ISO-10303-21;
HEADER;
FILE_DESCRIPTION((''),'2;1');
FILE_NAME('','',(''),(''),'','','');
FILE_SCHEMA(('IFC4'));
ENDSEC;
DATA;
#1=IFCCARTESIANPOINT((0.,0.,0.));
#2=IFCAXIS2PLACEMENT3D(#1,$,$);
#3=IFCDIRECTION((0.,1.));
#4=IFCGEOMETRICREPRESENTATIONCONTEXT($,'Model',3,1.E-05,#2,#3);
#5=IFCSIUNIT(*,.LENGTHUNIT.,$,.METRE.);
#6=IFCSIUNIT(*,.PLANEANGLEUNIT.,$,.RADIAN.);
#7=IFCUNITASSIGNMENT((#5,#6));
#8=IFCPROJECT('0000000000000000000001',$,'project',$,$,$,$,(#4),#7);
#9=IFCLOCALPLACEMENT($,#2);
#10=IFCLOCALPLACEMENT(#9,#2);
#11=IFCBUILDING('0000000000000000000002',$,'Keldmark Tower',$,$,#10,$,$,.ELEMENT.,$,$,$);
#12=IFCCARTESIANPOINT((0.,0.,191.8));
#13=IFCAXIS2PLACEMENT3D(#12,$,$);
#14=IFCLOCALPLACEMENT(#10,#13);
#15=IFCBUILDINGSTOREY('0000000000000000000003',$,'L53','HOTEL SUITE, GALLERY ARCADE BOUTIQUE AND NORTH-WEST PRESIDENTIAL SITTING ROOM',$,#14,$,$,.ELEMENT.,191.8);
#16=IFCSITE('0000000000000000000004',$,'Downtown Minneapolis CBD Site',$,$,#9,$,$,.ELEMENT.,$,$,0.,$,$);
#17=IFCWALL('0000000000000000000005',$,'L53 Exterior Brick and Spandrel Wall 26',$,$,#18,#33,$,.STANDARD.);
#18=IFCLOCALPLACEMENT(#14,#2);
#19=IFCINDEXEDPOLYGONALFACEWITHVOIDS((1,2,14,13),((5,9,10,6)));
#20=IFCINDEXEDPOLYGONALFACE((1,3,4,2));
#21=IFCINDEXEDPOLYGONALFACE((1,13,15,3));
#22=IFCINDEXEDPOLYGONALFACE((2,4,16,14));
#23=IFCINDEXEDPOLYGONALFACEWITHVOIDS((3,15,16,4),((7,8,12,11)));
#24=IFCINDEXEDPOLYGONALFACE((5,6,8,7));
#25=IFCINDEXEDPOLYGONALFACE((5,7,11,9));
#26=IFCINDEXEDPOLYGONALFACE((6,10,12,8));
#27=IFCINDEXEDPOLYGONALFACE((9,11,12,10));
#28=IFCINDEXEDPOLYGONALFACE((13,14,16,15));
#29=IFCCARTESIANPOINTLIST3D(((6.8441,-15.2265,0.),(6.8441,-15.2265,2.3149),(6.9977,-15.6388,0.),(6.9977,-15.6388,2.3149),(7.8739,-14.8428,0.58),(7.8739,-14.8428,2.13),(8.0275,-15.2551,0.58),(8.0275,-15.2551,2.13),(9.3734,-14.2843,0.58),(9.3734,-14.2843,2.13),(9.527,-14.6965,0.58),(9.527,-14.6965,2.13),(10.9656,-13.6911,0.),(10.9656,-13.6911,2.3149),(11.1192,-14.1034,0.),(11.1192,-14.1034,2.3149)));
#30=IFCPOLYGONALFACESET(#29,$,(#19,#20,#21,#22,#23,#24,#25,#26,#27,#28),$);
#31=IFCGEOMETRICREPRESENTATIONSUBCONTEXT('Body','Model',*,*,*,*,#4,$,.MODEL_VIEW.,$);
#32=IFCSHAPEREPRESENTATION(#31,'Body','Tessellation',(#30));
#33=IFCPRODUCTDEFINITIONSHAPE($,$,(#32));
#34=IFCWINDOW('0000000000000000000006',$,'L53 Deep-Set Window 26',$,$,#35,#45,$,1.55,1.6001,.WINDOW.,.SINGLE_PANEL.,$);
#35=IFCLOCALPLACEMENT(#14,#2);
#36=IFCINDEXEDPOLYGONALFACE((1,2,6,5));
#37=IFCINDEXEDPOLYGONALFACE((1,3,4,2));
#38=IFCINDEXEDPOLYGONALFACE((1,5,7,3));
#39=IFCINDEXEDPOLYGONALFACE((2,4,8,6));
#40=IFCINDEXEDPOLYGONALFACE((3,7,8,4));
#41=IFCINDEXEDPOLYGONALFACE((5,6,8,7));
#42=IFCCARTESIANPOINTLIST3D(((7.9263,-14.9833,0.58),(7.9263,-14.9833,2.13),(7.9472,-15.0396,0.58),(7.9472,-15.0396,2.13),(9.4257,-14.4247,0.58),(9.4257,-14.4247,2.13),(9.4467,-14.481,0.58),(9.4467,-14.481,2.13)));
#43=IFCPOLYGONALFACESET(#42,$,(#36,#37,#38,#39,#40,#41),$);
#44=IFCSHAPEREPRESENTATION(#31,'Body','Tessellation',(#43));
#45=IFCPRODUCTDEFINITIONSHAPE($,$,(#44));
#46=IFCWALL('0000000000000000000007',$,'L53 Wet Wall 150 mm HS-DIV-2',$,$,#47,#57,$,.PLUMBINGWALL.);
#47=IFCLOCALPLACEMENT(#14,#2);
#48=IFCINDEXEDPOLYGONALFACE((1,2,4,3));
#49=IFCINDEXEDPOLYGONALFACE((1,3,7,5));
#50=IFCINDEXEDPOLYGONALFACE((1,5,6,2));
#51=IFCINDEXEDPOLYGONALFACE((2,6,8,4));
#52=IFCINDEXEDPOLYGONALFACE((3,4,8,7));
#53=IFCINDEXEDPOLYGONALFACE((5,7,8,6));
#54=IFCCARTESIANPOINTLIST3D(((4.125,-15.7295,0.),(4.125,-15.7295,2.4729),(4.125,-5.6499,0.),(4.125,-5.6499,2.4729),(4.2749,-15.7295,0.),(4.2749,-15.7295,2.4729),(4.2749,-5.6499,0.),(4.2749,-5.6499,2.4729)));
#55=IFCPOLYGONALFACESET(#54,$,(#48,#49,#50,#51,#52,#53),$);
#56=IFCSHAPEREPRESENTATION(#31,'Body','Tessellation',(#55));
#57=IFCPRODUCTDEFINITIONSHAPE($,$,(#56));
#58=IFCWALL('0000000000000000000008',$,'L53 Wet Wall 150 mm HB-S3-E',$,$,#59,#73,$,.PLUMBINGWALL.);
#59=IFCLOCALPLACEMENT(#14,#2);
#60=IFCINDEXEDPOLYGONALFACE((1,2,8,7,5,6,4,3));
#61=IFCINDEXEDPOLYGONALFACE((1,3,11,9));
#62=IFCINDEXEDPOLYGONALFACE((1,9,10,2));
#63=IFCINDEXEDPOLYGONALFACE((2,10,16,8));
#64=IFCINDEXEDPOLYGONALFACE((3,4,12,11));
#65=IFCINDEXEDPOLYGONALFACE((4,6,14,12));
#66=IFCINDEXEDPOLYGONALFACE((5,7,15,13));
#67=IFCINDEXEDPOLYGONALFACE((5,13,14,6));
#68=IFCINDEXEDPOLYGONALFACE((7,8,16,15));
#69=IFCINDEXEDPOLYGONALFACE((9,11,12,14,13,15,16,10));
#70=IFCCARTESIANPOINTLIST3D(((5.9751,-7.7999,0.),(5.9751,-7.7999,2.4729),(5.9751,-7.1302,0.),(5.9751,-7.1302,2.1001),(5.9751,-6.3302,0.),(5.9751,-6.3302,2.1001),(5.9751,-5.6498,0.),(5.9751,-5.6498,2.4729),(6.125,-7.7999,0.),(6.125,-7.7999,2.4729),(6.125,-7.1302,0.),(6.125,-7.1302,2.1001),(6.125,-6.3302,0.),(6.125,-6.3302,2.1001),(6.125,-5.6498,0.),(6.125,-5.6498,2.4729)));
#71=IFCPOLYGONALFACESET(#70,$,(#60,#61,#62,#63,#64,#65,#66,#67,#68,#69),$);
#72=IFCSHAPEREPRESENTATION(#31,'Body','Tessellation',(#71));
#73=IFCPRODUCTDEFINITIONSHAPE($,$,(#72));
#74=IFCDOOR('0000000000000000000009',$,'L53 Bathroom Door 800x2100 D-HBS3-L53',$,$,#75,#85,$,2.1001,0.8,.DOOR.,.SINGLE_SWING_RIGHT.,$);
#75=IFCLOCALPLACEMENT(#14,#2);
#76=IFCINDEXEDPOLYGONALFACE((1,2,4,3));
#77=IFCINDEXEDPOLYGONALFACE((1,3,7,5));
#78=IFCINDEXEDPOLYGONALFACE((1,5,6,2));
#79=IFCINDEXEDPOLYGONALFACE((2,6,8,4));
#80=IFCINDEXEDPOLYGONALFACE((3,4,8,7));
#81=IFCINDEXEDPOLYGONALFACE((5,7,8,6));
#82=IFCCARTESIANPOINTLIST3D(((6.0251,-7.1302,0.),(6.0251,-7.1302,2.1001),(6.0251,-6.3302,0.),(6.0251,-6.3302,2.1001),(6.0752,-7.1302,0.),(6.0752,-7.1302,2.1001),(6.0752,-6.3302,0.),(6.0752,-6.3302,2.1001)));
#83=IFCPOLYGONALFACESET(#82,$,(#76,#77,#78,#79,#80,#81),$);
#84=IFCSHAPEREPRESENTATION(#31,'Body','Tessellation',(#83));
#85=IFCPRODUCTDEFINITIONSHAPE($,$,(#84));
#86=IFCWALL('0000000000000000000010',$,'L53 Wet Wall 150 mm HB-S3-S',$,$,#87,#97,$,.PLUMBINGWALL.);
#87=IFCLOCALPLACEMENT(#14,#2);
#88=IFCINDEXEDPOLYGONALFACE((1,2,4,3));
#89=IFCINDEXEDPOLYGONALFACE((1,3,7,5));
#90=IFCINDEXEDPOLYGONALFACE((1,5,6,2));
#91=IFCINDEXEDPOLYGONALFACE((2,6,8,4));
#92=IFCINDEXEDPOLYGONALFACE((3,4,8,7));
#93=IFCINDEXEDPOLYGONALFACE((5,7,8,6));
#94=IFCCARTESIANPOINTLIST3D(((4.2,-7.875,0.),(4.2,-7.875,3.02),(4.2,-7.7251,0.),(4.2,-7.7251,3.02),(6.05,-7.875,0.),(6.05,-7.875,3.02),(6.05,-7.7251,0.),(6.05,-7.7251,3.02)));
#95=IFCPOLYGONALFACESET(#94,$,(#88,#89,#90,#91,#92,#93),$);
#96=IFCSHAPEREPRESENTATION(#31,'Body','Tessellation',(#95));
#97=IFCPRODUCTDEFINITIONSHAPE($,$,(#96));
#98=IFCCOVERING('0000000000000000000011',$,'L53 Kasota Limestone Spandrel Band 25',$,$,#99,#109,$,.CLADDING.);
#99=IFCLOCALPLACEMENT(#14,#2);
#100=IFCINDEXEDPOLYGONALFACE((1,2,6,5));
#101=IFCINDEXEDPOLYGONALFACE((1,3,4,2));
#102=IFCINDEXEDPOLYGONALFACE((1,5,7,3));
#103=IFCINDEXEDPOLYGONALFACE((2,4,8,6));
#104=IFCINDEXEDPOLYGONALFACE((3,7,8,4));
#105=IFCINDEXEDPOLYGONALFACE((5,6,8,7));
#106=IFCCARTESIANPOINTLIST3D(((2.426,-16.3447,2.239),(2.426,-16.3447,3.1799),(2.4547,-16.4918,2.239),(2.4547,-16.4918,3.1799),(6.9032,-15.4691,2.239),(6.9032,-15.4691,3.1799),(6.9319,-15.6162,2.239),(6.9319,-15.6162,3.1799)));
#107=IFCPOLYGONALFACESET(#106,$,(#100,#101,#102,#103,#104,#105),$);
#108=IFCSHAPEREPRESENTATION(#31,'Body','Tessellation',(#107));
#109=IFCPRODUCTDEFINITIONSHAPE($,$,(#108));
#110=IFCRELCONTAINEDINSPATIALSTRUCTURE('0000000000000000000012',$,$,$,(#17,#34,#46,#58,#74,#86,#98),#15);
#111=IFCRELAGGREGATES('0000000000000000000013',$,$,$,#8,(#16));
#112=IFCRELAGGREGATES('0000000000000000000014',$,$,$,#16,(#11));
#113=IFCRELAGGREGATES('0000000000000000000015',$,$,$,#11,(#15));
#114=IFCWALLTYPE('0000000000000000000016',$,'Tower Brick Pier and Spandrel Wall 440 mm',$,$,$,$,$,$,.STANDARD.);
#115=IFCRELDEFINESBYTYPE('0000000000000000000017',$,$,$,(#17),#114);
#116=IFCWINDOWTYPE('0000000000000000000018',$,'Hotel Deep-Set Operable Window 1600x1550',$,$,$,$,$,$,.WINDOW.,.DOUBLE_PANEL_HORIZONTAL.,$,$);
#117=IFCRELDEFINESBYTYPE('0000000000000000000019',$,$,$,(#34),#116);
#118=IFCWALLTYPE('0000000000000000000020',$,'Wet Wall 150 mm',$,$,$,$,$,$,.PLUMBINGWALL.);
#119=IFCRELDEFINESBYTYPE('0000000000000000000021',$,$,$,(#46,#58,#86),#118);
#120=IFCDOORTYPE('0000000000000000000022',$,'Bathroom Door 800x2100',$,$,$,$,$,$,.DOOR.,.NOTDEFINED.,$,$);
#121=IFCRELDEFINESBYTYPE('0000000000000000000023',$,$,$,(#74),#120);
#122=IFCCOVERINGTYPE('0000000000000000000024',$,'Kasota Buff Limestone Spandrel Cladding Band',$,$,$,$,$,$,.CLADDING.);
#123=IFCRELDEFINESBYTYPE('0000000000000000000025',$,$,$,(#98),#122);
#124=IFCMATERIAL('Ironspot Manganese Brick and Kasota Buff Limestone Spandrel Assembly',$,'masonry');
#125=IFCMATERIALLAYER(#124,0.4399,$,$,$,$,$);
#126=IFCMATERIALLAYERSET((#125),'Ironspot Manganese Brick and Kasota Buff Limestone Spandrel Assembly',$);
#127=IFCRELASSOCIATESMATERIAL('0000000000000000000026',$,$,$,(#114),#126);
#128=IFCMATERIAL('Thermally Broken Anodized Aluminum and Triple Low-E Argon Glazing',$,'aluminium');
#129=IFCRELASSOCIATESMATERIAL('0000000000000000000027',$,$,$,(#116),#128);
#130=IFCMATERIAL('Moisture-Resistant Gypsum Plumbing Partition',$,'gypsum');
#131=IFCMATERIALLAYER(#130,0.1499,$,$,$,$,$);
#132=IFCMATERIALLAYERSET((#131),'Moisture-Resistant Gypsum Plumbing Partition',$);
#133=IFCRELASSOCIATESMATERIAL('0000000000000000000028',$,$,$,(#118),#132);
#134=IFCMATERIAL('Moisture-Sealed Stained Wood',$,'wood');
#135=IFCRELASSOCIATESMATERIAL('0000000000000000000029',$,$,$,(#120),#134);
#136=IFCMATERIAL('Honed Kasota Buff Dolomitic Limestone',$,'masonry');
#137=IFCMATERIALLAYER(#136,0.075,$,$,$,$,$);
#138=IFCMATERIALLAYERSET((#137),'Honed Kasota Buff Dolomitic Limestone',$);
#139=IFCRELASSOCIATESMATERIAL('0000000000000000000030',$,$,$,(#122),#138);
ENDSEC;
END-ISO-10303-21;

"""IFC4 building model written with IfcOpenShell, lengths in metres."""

from ifc_helpers import new_model, si_unit, direction, frame, frame_2d, origin, origin_2d, place, context, subcontext, project, spatial, rectangle, extrude, material, layer, layer_set, type_object, element, fill, save


model = new_model("IFC4")

# Units and contexts
model_context = context("Model", 3, precision=1e-05, world=origin(), true_north=direction((0.0, 1.0)))
body_context = subcontext(model_context, "Body", "Model", "MODEL_VIEW")
ifc_project = project(units=[si_unit("LENGTHUNIT", "METRE"), si_unit("PLANEANGLEUNIT", "RADIAN")], contexts=[model_context])

# Site, building, storey
site_placement = place(None, origin())
site = spatial("IfcSite", under=ifc_project, at=site_placement, Name="Downtown Minneapolis CBD Site", CompositionType="ELEMENT", RefElevation=0.0)
building_placement = place(site_placement, origin())
building = spatial("IfcBuilding", under=site, at=building_placement, Name="Keldmark Tower", CompositionType="ELEMENT")
storey_placement = place(building_placement, frame((0.0, 0.0, 191.8)))
storey = spatial("IfcBuildingStorey", under=building, at=storey_placement, Name="L53", Description="HOTEL SUITE, GALLERY ARCADE BOUTIQUE AND NORTH-WEST PRESIDENTIAL SITTING ROOM", CompositionType="ELEMENT", Elevation=191.8)

# Wall, opening, window
ifc_material_1 = material(Name="Ironspot Manganese Brick and Kasota Buff Limestone Spandrel Assembly", Category="masonry")
ifc_layer_1 = layer(ifc_material_1, 0.4399)
ifc_layer_set_1 = layer_set([ifc_layer_1], Name="Ironspot Manganese Brick and Kasota Buff Limestone Spandrel Assembly")
wall_type_1 = type_object("IfcWallType", Name="Tower Brick Pier and Spandrel Wall 440 mm", PredefinedType="STANDARD", material=ifc_layer_set_1)
ifc_material_2 = material(Name="Thermally Broken Anodized Aluminum and Triple Low-E Argon Glazing", Category="aluminium")
window_type = type_object("IfcWindowType", Name="Hotel Deep-Set Operable Window 1600x1550", PartitioningType="DOUBLE_PANEL_HORIZONTAL", PredefinedType="WINDOW", material=ifc_material_2)
wall_1_placement = place(storey_placement, frame((11.0425, -13.8972, 0.0), z_axis=(0.0, 0.0, 1.0), x_axis=(-0.937089, -0.349091, 0.0)))
wall_1 = element("IfcWall", 1, at=wall_1_placement, inside=storey, type_object=wall_type_1, Name="L53 Exterior Brick and Spandrel Wall 26", PredefinedType="STANDARD", context=body_context, shape_type="SweptSolid", body=[
    extrude(rectangle(XDim=4.3982, YDim=0.4399, at=frame_2d((2.1992, 0.0))), origin(), (0.0, 0.0, 1.0), 2.3149),
])
opening_1_placement = place(wall_1_placement, frame((1.6992, 0.0, 0.5801)))
opening_1 = element("IfcOpeningElement", 2, at=opening_1_placement, cuts=wall_1, PredefinedType="OPENING", context=body_context, shape_type="SweptSolid", body=[
    extrude(rectangle(XDim=1.6001, YDim=1.55, at=frame_2d((0.8, 0.7749))), frame((0.0, 0.23, 0.0), z_axis=(0.0, -1.0, 0.0), x_axis=(1.0, 0.0, 0.0)), (0.0, 0.0, 1.0), 0.46),
])
window_1_placement = place(opening_1_placement, origin())
window_1 = element("IfcWindow", 3, at=window_1_placement, inside=storey, type_object=window_type, Name="L53 Deep-Set Window 26", OverallHeight=1.55, OverallWidth=1.6001, PartitioningType="SINGLE_PANEL", PredefinedType="WINDOW", context=body_context, shape_type="SweptSolid", body=[
    extrude(rectangle(XDim=1.6001, YDim=1.55, at=frame_2d((0.8, 0.7749))), frame((0.0, -0.01, 0.0), z_axis=(0.0, -1.0, 0.0), x_axis=(1.0, 0.0, 0.0)), (0.0, 0.0, 1.0), 0.0601),
])
fill(opening_1, window_1)

# Wall
ifc_material_3 = material(Name="Moisture-Resistant Gypsum Plumbing Partition", Category="gypsum")
ifc_layer_2 = layer(ifc_material_3, 0.1499)
ifc_layer_set_2 = layer_set([ifc_layer_2], Name="Moisture-Resistant Gypsum Plumbing Partition")
wall_type_2 = type_object("IfcWallType", Name="Wet Wall 150 mm", PredefinedType="PLUMBINGWALL", material=ifc_layer_set_2)
wall_2_placement = place(storey_placement, frame((4.2, -15.7295, 0.0), z_axis=(0.0, 0.0, 1.0), x_axis=(0.0, 1.0, 0.0)))
element("IfcWall", 4, at=wall_2_placement, inside=storey, type_object=wall_type_2, Name="L53 Wet Wall 150 mm HS-DIV-2", PredefinedType="PLUMBINGWALL", context=body_context, shape_type="SweptSolid", body=[
    extrude(rectangle(XDim=10.0796, YDim=0.1499, at=frame_2d((5.0398, 0.0))), origin(), (0.0, 0.0, 1.0), 2.4729),
])

# Wall, opening, door
wall_3_placement = place(storey_placement, frame((6.05, -7.8, 0.0), z_axis=(0.0, 0.0, 1.0), x_axis=(0.0, 1.0, 0.0)))
wall_3 = element("IfcWall", 5, at=wall_3_placement, inside=storey, type_object=wall_type_2, Name="L53 Wet Wall 150 mm HB-S3-E", PredefinedType="PLUMBINGWALL", context=body_context, shape_type="SweptSolid", body=[
    extrude(rectangle(XDim=2.1501, YDim=0.1499, at=frame_2d((1.0752, 0.0))), origin(), (0.0, 0.0, 1.0), 2.4729),
])
opening_2_placement = place(wall_3_placement, frame((0.6699, 0.0, 0.0)))
opening_2 = element("IfcOpeningElement", 6, at=opening_2_placement, cuts=wall_3, PredefinedType="OPENING", context=body_context, shape_type="SweptSolid", body=[
    extrude(rectangle(XDim=0.8, YDim=2.1001, at=frame_2d((0.3999, 1.05))), frame((0.0, 0.085, 0.0), z_axis=(0.0, -1.0, 0.0), x_axis=(1.0, 0.0, 0.0)), (0.0, 0.0, 1.0), 0.1699),
])
ifc_material_4 = material(Name="Moisture-Sealed Stained Wood", Category="wood")
door_type_1 = type_object("IfcDoorType", Name="Bathroom Door 800x2100", OperationType="NOTDEFINED", PredefinedType="DOOR", material=ifc_material_4)
door_1_placement = place(opening_2_placement, origin())
door_1 = element("IfcDoor", 7, at=door_1_placement, inside=storey, type_object=door_type_1, Name="L53 Bathroom Door 800x2100 D-HBS3-L53", OperationType="SINGLE_SWING_RIGHT", OverallHeight=2.1001, OverallWidth=0.8, PredefinedType="DOOR", context=body_context, shape_type="SweptSolid", body=[
    extrude(rectangle(XDim=0.8, YDim=2.1001, at=frame_2d((0.3999, 1.05))), frame((0.0, 0.0249, 0.0), z_axis=(0.0, -1.0, 0.0), x_axis=(1.0, 0.0, 0.0)), (0.0, 0.0, 1.0), 0.05),
])
fill(opening_2, door_1)

# Wall
wall_4_placement = place(storey_placement, frame((4.2, -7.8, 0.0), z_axis=(0.0, 0.0, 1.0), x_axis=(1.0, 0.0, 0.0)))
element("IfcWall", 8, at=wall_4_placement, inside=storey, type_object=wall_type_2, Name="L53 Wet Wall 150 mm HB-S3-S", PredefinedType="PLUMBINGWALL", context=body_context, shape_type="SweptSolid", body=[
    extrude(rectangle(XDim=1.8501, YDim=0.1499, at=frame_2d((0.925, 0.0))), origin(), (0.0, 0.0, 1.0), 3.02),
])

# Covering
ifc_material_5 = material(Name="Honed Kasota Buff Dolomitic Limestone", Category="masonry")
ifc_layer_3 = layer(ifc_material_5, 0.075)
ifc_layer_set_3 = layer_set([ifc_layer_3], Name="Honed Kasota Buff Dolomitic Limestone")
covering_type = type_object("IfcCoveringType", Name="Kasota Buff Limestone Spandrel Cladding Band", PredefinedType="CLADDING", material=ifc_layer_set_3)
covering_placement = place(storey_placement, frame((4.679, -15.9805, 2.239), z_axis=(0.0, 0.0, 1.0), x_axis=(0.981407, 0.19194, 0.0)))
element("IfcCovering", 9, at=covering_placement, inside=storey, type_object=covering_type, Name="L53 Kasota Limestone Spandrel Band 25", PredefinedType="CLADDING", context=body_context, shape_type="SweptSolid", body=[
    extrude(rectangle(XDim=4.562, YDim=0.1499, at=origin_2d()), origin(), (0.0, 0.0, 1.0), 0.9409),
])

save(model, "model.ifc")
